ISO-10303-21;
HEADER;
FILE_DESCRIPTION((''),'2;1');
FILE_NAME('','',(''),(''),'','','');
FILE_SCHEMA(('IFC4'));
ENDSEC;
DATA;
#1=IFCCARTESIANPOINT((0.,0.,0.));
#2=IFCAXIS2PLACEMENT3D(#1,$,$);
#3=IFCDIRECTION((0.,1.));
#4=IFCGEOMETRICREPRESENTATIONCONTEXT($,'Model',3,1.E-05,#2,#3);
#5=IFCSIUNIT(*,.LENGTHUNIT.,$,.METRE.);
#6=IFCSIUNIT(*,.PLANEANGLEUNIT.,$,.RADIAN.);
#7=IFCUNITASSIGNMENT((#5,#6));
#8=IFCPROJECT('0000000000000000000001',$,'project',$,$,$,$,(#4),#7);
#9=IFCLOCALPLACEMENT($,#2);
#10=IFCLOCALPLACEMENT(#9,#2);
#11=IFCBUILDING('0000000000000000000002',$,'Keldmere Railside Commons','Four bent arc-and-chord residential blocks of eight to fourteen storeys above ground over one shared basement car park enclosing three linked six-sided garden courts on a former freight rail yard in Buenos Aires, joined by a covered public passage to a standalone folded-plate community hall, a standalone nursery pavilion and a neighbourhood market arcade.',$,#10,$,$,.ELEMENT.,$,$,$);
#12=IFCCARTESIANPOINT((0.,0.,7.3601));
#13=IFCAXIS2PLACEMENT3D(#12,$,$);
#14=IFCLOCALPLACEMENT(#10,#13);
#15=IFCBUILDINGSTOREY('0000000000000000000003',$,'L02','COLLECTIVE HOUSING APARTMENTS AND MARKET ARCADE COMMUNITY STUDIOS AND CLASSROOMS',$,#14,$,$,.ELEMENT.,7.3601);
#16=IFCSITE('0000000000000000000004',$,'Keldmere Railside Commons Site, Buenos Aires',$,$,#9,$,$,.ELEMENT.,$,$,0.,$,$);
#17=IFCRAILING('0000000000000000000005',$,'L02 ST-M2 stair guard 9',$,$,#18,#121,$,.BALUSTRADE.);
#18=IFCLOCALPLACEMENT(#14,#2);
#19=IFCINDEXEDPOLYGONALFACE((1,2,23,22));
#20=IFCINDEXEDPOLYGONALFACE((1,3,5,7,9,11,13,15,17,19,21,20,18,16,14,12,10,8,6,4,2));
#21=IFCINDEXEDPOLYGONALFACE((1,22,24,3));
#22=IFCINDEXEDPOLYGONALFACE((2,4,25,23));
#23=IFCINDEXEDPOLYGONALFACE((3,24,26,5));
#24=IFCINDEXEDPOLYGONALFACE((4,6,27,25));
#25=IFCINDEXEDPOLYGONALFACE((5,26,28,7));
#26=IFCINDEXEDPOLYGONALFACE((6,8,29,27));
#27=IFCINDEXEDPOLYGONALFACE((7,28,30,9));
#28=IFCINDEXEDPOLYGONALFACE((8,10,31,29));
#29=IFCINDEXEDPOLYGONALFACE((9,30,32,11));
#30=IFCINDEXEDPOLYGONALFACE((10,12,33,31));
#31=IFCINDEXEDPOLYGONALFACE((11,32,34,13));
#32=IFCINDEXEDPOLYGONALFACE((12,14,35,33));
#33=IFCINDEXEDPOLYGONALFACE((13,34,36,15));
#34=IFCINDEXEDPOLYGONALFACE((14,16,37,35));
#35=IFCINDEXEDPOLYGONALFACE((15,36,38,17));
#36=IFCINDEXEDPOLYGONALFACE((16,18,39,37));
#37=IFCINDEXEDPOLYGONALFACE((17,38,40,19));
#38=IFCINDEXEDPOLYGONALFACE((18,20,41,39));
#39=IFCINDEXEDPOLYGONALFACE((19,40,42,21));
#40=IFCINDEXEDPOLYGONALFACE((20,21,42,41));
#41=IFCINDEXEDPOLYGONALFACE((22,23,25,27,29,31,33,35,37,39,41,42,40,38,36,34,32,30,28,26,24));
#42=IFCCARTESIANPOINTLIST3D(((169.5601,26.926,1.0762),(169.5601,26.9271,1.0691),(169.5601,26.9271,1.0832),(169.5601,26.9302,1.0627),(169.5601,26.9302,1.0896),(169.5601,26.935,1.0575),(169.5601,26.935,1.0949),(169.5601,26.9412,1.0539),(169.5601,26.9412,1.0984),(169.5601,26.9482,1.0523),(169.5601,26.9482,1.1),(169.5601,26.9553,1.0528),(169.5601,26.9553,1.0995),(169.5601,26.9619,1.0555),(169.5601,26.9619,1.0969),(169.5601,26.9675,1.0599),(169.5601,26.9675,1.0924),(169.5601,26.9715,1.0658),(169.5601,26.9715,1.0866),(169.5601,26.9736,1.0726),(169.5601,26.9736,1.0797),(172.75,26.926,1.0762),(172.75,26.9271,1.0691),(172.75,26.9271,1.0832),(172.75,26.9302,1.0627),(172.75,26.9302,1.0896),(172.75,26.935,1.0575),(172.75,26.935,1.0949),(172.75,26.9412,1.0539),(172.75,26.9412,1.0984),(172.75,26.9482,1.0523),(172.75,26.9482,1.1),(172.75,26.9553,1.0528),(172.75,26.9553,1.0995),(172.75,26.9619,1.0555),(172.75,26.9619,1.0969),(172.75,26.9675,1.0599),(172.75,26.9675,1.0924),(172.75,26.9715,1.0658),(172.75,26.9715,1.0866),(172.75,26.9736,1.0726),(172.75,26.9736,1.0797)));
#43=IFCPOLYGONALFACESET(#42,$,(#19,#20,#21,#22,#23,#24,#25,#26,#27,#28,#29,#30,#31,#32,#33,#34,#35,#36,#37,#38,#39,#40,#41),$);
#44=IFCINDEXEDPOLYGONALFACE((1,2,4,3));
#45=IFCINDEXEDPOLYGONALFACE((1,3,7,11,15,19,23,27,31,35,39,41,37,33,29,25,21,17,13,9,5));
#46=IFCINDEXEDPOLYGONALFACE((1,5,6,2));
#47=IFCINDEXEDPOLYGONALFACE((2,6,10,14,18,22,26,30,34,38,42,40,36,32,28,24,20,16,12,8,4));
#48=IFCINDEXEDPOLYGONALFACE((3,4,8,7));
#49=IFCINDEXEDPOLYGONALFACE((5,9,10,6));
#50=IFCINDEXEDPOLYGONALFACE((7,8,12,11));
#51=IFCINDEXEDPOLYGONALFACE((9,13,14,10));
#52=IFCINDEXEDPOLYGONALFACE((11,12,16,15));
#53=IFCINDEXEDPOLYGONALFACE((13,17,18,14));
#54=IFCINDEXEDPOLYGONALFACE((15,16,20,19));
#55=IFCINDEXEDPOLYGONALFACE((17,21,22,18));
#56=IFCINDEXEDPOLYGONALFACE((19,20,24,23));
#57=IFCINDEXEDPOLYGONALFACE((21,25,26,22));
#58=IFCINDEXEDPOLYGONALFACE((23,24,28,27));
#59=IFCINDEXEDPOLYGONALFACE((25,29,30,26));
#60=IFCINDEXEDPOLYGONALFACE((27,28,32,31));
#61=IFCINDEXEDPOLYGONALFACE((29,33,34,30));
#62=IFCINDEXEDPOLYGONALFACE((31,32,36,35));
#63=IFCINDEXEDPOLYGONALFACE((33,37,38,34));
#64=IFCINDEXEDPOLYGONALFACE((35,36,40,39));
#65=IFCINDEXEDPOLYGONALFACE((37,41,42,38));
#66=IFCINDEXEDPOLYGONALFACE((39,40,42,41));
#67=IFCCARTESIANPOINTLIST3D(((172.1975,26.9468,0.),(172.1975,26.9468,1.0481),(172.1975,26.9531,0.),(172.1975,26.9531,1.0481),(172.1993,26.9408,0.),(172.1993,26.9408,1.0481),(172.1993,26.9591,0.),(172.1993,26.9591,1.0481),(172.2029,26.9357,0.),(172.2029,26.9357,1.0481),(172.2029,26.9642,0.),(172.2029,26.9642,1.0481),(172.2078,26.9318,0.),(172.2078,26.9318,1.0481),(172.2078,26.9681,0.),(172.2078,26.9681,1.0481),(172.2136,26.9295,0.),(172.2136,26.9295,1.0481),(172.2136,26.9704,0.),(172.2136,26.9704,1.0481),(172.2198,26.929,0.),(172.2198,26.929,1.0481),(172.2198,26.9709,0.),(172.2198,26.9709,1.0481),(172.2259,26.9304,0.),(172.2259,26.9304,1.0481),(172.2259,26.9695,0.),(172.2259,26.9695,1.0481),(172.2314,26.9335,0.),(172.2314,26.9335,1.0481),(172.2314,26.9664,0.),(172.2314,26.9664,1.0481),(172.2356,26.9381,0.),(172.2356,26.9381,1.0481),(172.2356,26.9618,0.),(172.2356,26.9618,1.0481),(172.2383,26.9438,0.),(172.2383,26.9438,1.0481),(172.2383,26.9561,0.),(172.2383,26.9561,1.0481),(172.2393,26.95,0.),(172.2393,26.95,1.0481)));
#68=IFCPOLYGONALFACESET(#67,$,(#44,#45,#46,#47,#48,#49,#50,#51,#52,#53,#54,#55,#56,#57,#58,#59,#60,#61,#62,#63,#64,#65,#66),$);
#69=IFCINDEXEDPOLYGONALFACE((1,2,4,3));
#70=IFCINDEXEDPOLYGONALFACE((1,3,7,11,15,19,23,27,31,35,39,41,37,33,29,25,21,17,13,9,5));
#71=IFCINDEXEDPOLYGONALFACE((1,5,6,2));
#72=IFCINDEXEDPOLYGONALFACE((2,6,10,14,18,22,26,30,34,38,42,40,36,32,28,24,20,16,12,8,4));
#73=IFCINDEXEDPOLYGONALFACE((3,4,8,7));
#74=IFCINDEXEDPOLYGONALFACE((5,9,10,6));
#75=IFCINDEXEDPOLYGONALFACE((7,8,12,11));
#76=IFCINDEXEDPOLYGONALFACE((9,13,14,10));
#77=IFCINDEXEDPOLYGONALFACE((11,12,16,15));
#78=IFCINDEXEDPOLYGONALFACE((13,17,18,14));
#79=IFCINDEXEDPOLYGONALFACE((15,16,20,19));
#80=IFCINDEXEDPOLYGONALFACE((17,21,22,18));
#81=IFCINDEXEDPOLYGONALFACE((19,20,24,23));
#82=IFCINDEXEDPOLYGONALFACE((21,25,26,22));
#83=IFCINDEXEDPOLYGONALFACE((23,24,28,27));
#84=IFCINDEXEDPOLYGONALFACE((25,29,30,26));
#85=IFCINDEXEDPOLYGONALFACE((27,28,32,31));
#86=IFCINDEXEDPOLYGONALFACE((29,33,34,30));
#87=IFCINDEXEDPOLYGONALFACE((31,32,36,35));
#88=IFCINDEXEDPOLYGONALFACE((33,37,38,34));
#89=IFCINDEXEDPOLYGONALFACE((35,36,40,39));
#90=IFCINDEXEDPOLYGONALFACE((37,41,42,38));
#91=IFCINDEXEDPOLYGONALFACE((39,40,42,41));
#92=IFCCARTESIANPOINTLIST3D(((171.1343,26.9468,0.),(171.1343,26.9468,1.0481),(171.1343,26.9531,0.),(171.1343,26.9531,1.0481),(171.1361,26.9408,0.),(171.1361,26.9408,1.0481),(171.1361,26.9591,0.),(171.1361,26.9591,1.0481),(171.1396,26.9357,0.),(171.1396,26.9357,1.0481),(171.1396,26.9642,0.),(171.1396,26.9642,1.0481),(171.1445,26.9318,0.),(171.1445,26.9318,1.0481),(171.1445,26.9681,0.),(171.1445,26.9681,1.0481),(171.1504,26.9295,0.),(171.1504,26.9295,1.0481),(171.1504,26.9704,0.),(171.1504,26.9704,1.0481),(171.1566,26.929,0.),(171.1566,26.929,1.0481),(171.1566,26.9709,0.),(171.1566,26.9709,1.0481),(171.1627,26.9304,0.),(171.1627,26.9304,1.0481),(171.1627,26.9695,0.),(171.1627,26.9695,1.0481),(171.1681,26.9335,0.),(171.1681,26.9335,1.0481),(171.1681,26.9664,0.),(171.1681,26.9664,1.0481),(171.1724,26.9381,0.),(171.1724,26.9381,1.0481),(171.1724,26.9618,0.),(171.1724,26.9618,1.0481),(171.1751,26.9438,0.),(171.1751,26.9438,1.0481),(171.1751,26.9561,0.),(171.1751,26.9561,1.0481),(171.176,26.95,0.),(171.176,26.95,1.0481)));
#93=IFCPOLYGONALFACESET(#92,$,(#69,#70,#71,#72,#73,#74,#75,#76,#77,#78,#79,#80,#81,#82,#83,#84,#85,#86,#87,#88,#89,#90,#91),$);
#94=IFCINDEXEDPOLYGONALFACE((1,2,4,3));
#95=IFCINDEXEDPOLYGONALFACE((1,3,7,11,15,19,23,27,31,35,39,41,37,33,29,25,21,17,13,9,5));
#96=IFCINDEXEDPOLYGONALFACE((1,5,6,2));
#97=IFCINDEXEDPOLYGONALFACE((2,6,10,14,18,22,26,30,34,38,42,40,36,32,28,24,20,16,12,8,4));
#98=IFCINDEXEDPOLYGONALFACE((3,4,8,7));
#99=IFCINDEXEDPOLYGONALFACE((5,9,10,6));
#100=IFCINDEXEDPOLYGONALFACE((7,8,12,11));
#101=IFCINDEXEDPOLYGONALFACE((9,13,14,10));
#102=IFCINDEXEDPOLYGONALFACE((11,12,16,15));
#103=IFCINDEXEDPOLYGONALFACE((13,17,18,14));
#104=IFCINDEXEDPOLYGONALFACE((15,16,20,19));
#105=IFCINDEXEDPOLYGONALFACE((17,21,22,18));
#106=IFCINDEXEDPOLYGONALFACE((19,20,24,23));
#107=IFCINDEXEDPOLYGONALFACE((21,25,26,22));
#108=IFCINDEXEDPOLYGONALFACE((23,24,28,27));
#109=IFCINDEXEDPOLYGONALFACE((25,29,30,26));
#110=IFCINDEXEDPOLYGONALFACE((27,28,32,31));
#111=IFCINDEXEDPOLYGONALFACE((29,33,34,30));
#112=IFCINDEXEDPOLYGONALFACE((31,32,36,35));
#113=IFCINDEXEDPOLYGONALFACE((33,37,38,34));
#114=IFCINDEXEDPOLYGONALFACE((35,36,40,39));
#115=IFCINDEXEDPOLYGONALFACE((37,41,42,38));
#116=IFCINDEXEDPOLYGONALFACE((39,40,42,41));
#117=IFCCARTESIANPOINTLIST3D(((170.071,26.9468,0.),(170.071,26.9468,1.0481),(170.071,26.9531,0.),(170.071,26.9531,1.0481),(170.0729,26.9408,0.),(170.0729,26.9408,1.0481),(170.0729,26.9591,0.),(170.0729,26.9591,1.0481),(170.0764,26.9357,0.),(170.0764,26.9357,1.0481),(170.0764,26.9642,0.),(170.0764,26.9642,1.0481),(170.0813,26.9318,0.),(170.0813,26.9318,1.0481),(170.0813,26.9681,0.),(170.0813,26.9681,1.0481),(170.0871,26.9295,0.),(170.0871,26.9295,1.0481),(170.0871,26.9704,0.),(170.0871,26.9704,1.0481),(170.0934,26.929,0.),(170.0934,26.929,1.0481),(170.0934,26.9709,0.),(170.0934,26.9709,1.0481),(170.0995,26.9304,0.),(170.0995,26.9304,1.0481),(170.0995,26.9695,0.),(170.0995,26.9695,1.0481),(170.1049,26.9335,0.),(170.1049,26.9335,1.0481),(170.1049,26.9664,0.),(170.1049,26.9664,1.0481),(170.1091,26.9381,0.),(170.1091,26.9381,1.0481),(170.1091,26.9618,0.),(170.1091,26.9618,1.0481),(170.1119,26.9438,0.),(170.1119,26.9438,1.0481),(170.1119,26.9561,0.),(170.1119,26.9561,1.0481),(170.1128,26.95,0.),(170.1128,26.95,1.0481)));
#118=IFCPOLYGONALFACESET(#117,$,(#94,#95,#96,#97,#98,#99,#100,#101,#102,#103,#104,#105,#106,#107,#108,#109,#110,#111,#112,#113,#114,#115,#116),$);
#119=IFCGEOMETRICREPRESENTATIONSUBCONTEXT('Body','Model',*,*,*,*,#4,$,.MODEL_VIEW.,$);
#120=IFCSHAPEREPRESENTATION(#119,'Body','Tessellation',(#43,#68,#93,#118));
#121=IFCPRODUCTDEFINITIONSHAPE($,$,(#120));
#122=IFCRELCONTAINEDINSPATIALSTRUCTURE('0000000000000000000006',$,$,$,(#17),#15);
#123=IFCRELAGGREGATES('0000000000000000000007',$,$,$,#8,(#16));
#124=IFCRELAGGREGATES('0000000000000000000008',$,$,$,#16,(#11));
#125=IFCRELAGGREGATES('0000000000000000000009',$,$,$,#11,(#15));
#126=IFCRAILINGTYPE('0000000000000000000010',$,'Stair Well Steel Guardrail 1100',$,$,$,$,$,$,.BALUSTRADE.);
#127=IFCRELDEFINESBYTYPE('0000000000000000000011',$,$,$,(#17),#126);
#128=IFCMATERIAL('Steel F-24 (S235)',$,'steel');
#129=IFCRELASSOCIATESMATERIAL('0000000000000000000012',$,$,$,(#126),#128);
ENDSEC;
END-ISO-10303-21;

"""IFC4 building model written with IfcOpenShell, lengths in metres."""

from ifc_helpers import new_model, si_unit, direction, frame, origin, origin_2d, place, context, subcontext, project, spatial, circle, extrude, material, type_object, element, save


model = new_model("IFC4")

# Units and contexts
model_context = context("Model", 3, precision=1e-05, world=origin(), true_north=direction((0.0, 1.0)))
body_context = subcontext(model_context, "Body", "Model", "MODEL_VIEW")
ifc_project = project(units=[si_unit("LENGTHUNIT", "METRE"), si_unit("PLANEANGLEUNIT", "RADIAN")], contexts=[model_context])

# Site, building, storey
site_placement = place(None, origin())
site = spatial("IfcSite", under=ifc_project, at=site_placement, Name="Keldmere Railside Commons Site, Buenos Aires", CompositionType="ELEMENT", RefElevation=0.0)
building_placement = place(site_placement, origin())
building = spatial("IfcBuilding", under=site, at=building_placement, Name="Keldmere Railside Commons", Description="Four bent arc-and-chord residential blocks of eight to fourteen storeys above ground over one shared basement car park enclosing three linked six-sided garden courts on a former freight rail yard in Buenos Aires, joined by a covered public passage to a standalone folded-plate community hall, a standalone nursery pavilion and a neighbourhood market arcade.", CompositionType="ELEMENT")
storey_placement = place(building_placement, frame((0.0, 0.0, 7.3601)))
storey = spatial("IfcBuildingStorey", under=building, at=storey_placement, Name="L02", Description="COLLECTIVE HOUSING APARTMENTS AND MARKET ARCADE COMMUNITY STUDIOS AND CLASSROOMS", CompositionType="ELEMENT", Elevation=7.3601)

# Shared definitions
ifc_material_1 = material(Name="Steel F-24 (S235)", Category="steel")

# Railing
railing_type_1 = type_object("IfcRailingType", Name="Stair Well Steel Guardrail 1100", PredefinedType="BALUSTRADE", material=ifc_material_1)
railing_1_placement = place(storey_placement, frame((172.75, 26.95, 0.0)))
element("IfcRailing", 1, at=railing_1_placement, inside=storey, type_object=railing_type_1, Name="L02 ST-M2 stair guard 9", PredefinedType="BALUSTRADE", context=body_context, shape_type="SweptSolid", body=[
    extrude(circle(Radius=0.0239, at=origin_2d()), frame((0.0, 0.0, 1.0762), z_axis=(-1.0, 0.0, 0.0), x_axis=(0.0, -1.0, 0.0)), (0.0, 0.0, 1.0), 3.1899),
    extrude(circle(Radius=0.021, at=origin_2d()), frame((-0.5317, 0.0, 0.0)), (0.0, 0.0, 1.0), 1.0481),
    extrude(circle(Radius=0.021, at=origin_2d()), frame((-1.595, 0.0, 0.0)), (0.0, 0.0, 1.0), 1.0481),
    extrude(circle(Radius=0.021, at=origin_2d()), frame((-2.6582, 0.0, 0.0)), (0.0, 0.0, 1.0), 1.0481),
])

save(model, "model.ifc")
